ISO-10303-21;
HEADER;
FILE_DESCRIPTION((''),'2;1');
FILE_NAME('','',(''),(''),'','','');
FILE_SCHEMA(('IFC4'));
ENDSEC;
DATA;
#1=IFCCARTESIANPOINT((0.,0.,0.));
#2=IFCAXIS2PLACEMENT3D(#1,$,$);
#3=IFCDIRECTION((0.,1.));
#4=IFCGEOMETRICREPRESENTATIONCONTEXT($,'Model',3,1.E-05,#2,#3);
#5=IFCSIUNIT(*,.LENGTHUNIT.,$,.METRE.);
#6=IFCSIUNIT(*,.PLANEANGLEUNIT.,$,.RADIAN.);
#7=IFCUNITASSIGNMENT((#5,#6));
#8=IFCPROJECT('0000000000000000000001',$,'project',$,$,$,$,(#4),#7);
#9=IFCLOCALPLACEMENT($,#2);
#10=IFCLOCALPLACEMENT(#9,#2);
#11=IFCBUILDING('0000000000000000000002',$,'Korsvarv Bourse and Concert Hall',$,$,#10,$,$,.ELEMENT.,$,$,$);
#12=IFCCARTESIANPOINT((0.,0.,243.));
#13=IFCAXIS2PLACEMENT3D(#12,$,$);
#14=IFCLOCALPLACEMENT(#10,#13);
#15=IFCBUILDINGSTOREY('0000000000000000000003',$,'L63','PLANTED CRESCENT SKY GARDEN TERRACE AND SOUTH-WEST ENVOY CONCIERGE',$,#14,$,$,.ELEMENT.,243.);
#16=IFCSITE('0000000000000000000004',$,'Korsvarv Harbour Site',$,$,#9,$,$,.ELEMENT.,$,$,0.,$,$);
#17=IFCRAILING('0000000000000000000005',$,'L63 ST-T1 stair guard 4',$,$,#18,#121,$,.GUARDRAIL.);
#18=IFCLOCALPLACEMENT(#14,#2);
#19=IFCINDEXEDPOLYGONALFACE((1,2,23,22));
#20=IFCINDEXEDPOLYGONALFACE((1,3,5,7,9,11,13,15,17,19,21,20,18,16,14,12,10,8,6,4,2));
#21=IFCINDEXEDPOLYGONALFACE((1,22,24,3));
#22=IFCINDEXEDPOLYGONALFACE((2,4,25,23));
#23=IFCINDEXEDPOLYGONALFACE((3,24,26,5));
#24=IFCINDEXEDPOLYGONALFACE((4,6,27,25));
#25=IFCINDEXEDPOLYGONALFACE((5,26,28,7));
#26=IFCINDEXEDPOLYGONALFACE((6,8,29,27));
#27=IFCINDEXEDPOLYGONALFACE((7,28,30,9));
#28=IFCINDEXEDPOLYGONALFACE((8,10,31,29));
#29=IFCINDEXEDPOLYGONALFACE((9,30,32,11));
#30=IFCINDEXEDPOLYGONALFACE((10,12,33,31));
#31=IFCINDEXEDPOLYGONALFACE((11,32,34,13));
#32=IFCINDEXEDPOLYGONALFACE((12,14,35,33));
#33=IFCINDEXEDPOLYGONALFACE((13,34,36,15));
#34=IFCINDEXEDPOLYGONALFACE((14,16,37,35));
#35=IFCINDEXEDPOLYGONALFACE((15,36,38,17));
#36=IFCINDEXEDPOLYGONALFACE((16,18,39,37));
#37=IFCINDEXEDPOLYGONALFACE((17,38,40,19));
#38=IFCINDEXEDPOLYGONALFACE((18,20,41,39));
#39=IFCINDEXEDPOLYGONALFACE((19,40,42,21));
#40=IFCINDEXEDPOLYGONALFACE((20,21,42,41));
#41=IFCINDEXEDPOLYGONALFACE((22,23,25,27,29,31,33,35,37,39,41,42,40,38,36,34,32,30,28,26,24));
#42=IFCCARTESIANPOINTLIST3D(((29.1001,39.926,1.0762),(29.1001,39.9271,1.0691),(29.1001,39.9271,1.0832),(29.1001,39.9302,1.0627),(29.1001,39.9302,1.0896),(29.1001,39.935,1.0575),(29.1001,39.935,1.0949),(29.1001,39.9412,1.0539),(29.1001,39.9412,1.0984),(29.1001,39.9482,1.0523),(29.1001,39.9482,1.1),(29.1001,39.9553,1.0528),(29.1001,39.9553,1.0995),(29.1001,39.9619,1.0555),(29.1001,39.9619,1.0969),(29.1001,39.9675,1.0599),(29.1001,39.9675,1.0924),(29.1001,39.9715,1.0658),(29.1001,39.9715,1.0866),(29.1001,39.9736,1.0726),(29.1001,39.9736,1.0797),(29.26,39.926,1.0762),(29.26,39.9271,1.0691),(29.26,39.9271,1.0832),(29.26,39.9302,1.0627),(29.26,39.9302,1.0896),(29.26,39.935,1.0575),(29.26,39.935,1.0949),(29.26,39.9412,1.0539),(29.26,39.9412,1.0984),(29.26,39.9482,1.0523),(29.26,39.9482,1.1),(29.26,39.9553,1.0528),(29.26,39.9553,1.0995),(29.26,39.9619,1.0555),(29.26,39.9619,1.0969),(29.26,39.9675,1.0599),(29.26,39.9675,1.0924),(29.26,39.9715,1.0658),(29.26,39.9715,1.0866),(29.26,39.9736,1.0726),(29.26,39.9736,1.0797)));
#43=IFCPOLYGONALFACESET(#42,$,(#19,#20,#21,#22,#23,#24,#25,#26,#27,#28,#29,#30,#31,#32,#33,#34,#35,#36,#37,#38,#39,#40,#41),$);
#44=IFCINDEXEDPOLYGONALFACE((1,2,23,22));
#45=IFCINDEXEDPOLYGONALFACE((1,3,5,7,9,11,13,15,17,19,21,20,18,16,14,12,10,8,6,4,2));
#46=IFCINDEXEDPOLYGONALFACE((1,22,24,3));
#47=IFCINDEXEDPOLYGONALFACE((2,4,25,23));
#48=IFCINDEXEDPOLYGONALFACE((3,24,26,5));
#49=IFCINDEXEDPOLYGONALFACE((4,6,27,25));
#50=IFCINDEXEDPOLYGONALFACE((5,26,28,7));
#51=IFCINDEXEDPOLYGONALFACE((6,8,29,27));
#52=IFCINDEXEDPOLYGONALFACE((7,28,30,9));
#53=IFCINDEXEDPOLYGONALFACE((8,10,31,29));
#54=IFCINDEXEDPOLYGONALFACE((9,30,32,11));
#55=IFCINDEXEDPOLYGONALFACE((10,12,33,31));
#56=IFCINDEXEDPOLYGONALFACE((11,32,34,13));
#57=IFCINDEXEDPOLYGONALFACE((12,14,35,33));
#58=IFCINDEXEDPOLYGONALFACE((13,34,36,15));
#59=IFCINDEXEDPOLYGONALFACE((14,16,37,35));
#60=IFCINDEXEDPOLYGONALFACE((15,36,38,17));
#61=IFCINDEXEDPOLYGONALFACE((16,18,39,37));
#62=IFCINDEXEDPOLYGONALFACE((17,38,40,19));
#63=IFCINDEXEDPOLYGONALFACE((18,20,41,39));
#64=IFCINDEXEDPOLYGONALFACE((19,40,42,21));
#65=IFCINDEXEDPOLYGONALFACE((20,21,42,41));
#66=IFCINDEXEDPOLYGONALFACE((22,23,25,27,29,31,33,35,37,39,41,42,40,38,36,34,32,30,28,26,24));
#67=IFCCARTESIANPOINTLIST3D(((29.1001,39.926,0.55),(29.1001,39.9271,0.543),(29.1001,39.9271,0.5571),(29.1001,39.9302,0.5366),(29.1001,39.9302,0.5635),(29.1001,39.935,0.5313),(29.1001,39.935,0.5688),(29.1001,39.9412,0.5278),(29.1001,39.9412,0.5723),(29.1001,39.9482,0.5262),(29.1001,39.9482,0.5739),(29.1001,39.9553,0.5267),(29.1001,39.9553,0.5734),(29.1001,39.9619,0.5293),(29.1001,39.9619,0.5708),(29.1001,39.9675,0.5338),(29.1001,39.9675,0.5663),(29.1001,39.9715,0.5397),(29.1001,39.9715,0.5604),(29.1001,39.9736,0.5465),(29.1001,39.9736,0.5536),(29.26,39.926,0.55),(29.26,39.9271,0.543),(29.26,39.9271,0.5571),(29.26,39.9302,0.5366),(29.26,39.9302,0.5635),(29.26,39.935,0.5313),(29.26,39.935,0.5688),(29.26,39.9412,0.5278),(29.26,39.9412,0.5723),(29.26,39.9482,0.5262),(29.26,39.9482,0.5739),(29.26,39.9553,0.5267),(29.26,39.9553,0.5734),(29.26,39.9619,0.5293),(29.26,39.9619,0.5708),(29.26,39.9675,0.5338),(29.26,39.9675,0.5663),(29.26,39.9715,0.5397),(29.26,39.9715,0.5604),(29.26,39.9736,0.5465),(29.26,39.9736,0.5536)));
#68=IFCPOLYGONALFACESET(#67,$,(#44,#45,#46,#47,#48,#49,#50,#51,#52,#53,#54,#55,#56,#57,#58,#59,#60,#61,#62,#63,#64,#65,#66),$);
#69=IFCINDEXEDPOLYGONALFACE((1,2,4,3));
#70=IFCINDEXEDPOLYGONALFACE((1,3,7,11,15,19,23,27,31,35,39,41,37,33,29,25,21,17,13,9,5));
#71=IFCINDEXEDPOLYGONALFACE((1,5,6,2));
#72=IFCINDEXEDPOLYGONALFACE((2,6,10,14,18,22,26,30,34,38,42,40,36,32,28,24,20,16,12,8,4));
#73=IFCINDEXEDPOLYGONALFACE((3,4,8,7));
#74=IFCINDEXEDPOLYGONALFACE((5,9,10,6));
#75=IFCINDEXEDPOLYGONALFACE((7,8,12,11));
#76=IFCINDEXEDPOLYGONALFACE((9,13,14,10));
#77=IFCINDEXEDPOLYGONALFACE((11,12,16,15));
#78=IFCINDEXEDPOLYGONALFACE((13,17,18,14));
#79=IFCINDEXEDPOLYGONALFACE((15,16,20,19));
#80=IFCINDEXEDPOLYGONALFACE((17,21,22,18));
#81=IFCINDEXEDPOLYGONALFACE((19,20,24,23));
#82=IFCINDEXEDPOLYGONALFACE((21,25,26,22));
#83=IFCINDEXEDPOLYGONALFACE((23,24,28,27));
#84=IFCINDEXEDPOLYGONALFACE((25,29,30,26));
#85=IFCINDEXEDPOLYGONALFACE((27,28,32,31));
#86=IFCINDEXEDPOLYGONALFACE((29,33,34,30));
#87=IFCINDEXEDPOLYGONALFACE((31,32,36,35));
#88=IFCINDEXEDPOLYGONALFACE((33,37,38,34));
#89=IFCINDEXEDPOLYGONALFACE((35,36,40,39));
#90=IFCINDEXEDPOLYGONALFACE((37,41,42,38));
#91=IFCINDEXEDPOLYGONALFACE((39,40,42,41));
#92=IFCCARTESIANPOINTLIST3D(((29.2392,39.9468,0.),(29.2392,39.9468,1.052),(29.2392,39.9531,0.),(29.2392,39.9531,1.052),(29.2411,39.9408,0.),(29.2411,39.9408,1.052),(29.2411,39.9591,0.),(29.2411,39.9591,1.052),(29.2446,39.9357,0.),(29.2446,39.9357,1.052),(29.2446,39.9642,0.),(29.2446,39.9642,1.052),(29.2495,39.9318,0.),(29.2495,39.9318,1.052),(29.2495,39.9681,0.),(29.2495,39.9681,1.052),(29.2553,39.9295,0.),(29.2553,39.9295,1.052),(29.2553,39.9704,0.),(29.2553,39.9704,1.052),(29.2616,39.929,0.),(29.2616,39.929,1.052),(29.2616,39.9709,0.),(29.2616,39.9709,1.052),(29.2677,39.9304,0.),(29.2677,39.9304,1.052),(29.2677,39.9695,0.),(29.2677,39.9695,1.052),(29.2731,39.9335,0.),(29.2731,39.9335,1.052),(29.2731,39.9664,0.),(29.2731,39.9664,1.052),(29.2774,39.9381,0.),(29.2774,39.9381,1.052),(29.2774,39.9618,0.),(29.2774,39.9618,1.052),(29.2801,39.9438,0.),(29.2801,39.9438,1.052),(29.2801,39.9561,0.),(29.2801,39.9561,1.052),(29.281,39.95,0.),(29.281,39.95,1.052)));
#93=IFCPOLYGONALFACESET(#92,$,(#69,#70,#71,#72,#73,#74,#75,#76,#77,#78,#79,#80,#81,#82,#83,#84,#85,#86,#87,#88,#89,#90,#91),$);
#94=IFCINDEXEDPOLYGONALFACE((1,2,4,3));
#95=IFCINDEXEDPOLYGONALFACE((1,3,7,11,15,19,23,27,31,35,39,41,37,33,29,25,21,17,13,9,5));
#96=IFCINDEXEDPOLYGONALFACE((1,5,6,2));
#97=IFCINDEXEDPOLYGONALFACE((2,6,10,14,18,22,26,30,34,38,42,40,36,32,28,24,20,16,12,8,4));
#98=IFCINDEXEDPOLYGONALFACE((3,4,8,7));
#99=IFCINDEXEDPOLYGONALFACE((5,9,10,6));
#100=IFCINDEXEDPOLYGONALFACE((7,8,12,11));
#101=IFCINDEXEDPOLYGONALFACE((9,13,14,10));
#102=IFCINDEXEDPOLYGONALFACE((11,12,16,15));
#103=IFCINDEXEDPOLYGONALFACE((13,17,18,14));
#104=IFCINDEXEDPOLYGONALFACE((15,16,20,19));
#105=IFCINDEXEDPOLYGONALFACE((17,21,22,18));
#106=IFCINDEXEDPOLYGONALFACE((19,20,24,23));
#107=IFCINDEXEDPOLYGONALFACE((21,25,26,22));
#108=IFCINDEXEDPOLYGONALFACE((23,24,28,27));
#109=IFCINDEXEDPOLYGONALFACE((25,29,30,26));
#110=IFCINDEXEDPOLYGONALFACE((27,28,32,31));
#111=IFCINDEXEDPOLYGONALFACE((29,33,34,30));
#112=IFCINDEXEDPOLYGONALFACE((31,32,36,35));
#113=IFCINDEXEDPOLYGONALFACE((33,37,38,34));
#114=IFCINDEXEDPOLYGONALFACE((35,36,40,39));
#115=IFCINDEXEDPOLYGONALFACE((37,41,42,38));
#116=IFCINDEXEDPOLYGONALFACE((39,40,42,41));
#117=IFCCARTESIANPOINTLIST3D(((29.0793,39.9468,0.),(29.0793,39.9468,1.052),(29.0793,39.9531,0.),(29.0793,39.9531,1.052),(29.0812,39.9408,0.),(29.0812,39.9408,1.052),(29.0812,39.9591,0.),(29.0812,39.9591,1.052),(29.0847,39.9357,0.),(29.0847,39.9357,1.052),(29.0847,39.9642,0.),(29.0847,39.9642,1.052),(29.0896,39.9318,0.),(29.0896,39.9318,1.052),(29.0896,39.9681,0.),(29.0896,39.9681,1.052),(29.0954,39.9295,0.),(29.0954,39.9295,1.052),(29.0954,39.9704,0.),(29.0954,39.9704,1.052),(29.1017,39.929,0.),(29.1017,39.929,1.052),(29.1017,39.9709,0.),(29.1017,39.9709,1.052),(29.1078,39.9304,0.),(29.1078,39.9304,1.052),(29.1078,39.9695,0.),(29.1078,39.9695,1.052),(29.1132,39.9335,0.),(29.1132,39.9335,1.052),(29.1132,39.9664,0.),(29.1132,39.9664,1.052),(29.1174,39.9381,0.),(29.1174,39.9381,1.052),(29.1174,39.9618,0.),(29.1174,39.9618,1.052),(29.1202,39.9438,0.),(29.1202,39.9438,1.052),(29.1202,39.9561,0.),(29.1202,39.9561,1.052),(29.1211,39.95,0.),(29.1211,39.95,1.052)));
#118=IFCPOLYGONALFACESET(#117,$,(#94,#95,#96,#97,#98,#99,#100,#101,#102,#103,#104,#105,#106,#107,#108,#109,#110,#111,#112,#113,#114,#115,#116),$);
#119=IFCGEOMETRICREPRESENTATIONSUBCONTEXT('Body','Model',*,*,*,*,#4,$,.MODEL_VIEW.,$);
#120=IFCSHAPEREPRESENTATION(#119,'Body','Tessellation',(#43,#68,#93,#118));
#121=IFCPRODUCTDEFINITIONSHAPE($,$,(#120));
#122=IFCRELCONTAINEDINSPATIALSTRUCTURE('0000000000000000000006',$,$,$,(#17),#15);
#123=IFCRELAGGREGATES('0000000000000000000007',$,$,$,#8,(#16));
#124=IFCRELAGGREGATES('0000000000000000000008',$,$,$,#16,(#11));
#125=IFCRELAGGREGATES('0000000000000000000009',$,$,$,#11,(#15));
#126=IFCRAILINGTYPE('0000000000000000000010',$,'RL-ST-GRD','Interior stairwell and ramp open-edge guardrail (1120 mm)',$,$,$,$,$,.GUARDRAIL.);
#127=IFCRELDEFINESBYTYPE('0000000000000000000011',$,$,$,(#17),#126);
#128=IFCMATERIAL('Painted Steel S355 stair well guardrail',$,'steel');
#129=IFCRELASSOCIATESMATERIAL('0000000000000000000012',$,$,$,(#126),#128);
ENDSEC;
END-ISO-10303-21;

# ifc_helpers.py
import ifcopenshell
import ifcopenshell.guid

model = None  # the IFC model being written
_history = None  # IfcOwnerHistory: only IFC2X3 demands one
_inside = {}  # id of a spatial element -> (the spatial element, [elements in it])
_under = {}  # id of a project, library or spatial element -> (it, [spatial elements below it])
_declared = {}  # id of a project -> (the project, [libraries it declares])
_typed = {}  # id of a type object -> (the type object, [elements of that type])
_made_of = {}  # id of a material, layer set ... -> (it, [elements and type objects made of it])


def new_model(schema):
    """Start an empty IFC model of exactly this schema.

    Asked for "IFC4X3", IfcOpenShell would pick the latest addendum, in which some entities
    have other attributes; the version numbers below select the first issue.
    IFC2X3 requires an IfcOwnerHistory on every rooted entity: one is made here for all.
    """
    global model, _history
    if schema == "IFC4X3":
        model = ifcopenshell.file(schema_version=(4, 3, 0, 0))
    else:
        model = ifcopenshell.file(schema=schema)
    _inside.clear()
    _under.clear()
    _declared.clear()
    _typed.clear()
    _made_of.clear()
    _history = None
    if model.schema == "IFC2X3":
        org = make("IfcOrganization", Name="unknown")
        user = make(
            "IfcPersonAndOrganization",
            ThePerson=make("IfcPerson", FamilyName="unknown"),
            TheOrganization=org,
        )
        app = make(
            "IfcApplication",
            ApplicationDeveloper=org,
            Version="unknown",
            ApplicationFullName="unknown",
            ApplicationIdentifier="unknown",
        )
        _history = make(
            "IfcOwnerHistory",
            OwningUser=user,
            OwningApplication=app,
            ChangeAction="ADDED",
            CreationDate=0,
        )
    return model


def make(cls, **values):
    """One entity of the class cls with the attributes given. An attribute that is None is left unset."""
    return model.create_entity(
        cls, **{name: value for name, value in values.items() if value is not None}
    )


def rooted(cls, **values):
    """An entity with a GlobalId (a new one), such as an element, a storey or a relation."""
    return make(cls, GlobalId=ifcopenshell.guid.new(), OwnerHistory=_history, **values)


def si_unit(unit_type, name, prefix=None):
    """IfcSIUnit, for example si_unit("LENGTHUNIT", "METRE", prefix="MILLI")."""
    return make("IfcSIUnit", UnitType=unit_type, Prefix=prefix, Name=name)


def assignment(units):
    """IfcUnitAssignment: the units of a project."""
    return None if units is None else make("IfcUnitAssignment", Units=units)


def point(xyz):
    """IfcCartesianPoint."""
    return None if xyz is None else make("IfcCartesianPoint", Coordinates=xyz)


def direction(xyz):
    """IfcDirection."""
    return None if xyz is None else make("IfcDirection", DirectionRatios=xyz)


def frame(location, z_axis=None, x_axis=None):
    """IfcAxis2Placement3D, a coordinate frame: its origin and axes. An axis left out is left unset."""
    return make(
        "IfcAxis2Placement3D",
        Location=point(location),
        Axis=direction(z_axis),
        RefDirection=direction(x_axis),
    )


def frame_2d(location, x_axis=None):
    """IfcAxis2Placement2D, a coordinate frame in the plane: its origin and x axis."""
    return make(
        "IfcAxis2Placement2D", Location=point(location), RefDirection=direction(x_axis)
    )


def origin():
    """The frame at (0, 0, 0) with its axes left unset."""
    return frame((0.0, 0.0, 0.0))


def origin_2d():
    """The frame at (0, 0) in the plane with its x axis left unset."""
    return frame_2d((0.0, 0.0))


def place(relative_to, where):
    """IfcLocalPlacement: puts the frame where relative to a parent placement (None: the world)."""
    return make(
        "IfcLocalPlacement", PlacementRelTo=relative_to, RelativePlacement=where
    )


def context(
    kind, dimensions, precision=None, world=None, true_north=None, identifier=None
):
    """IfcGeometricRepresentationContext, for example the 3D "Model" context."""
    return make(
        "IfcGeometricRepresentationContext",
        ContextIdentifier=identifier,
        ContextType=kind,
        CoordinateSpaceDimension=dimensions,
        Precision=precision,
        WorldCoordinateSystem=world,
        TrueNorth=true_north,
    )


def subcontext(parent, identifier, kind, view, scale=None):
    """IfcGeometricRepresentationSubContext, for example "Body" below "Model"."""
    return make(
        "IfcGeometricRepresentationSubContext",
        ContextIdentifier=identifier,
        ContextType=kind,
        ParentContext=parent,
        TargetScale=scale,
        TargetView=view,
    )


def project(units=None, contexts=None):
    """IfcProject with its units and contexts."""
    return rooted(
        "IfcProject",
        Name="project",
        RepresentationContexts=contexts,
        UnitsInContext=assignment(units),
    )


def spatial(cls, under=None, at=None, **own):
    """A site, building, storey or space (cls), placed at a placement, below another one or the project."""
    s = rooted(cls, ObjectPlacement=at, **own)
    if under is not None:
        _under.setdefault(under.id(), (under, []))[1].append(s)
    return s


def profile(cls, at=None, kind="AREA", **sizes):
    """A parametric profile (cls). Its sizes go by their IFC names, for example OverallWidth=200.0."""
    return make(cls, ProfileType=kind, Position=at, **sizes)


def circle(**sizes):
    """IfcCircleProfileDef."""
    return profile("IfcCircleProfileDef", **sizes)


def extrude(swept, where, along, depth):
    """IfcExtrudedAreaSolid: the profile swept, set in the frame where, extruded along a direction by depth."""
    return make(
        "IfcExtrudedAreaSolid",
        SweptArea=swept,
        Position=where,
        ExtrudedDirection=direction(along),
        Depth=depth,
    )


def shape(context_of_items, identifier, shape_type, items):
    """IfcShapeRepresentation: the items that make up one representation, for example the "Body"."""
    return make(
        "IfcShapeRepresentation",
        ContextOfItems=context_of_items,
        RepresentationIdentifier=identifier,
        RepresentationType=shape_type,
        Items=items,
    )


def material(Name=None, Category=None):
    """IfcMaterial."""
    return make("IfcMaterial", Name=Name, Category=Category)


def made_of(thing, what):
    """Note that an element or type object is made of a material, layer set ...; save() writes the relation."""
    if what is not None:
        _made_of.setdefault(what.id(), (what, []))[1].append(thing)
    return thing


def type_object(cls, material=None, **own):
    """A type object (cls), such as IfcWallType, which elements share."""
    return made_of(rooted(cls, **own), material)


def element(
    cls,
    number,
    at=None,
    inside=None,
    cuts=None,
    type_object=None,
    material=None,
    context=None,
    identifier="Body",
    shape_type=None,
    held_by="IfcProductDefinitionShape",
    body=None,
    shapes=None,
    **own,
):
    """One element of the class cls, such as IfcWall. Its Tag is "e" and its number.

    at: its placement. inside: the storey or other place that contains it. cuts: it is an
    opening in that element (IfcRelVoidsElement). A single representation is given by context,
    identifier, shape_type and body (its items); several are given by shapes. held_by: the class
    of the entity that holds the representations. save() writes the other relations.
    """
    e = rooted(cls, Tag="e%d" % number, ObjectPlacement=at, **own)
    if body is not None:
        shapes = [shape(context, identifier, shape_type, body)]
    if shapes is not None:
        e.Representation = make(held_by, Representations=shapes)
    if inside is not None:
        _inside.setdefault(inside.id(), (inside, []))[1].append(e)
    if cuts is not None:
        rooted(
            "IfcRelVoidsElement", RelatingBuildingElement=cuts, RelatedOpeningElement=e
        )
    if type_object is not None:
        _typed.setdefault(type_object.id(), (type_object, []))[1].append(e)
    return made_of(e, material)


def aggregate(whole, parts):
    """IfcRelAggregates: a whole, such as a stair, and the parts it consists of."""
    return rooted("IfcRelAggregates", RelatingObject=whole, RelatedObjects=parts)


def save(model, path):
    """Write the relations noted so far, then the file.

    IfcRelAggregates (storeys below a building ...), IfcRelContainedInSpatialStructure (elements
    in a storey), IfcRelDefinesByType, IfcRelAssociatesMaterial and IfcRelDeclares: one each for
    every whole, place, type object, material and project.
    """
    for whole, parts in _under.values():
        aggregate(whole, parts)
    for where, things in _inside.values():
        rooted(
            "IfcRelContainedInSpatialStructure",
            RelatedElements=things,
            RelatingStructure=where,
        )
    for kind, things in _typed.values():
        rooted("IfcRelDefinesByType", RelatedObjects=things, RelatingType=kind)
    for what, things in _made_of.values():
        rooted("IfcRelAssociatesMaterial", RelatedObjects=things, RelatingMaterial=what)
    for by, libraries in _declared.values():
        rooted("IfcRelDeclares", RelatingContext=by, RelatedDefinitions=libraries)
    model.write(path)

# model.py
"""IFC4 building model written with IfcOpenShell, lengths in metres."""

from ifc_helpers import new_model, si_unit, direction, frame, origin, origin_2d, place, context, subcontext, project, spatial, circle, extrude, material, type_object, element, save


model = new_model("IFC4")

# Units and contexts
model_context = context("Model", 3, precision=1e-05, world=origin(), true_north=direction((0.0, 1.0)))
body_context = subcontext(model_context, "Body", "Model", "MODEL_VIEW")
ifc_project = project(units=[si_unit("LENGTHUNIT", "METRE"), si_unit("PLANEANGLEUNIT", "RADIAN")], contexts=[model_context])

# Site, building, storey
site_placement = place(None, origin())
site = spatial("IfcSite", under=ifc_project, at=site_placement, Name="Korsvarv Harbour Site", CompositionType="ELEMENT", RefElevation=0.0)
building_placement = place(site_placement, origin())
building = spatial("IfcBuilding", under=site, at=building_placement, Name="Korsvarv Bourse and Concert Hall", CompositionType="ELEMENT")
storey_placement = place(building_placement, frame((0.0, 0.0, 243.0)))
storey = spatial("IfcBuildingStorey", under=building, at=storey_placement, Name="L63", Description="PLANTED CRESCENT SKY GARDEN TERRACE AND SOUTH-WEST ENVOY CONCIERGE", CompositionType="ELEMENT", Elevation=243.0)

# Railing
ifc_material_1 = material(Name="Painted Steel S355 stair well guardrail", Category="steel")
railing_type_1 = type_object("IfcRailingType", Name="RL-ST-GRD", Description="Interior stairwell and ramp open-edge guardrail (1120 mm)", PredefinedType="GUARDRAIL", material=ifc_material_1)
railing_1_placement = place(storey_placement, frame((29.26, 39.95, 0.0)))
element("IfcRailing", 1, at=railing_1_placement, inside=storey, type_object=railing_type_1, Name="L63 ST-T1 stair guard 4", PredefinedType="GUARDRAIL", context=body_context, shape_type="SweptSolid", body=[
    extrude(circle(Radius=0.0239, at=origin_2d()), frame((0.0, 0.0, 1.0762), z_axis=(-1.0, 0.0, 0.0), x_axis=(0.0, -1.0, 0.0)), (0.0, 0.0, 1.0), 0.1599),
    extrude(circle(Radius=0.0239, at=origin_2d()), frame((0.0, 0.0, 0.55), z_axis=(-1.0, 0.0, 0.0), x_axis=(0.0, -1.0, 0.0)), (0.0, 0.0, 1.0), 0.1599),
    extrude(circle(Radius=0.021, at=origin_2d()), origin(), (0.0, 0.0, 1.0), 1.052),
    extrude(circle(Radius=0.021, at=origin_2d()), frame((-0.1599, 0.0, 0.0)), (0.0, 0.0, 1.0), 1.052),
])

save(model, "model.ifc")
